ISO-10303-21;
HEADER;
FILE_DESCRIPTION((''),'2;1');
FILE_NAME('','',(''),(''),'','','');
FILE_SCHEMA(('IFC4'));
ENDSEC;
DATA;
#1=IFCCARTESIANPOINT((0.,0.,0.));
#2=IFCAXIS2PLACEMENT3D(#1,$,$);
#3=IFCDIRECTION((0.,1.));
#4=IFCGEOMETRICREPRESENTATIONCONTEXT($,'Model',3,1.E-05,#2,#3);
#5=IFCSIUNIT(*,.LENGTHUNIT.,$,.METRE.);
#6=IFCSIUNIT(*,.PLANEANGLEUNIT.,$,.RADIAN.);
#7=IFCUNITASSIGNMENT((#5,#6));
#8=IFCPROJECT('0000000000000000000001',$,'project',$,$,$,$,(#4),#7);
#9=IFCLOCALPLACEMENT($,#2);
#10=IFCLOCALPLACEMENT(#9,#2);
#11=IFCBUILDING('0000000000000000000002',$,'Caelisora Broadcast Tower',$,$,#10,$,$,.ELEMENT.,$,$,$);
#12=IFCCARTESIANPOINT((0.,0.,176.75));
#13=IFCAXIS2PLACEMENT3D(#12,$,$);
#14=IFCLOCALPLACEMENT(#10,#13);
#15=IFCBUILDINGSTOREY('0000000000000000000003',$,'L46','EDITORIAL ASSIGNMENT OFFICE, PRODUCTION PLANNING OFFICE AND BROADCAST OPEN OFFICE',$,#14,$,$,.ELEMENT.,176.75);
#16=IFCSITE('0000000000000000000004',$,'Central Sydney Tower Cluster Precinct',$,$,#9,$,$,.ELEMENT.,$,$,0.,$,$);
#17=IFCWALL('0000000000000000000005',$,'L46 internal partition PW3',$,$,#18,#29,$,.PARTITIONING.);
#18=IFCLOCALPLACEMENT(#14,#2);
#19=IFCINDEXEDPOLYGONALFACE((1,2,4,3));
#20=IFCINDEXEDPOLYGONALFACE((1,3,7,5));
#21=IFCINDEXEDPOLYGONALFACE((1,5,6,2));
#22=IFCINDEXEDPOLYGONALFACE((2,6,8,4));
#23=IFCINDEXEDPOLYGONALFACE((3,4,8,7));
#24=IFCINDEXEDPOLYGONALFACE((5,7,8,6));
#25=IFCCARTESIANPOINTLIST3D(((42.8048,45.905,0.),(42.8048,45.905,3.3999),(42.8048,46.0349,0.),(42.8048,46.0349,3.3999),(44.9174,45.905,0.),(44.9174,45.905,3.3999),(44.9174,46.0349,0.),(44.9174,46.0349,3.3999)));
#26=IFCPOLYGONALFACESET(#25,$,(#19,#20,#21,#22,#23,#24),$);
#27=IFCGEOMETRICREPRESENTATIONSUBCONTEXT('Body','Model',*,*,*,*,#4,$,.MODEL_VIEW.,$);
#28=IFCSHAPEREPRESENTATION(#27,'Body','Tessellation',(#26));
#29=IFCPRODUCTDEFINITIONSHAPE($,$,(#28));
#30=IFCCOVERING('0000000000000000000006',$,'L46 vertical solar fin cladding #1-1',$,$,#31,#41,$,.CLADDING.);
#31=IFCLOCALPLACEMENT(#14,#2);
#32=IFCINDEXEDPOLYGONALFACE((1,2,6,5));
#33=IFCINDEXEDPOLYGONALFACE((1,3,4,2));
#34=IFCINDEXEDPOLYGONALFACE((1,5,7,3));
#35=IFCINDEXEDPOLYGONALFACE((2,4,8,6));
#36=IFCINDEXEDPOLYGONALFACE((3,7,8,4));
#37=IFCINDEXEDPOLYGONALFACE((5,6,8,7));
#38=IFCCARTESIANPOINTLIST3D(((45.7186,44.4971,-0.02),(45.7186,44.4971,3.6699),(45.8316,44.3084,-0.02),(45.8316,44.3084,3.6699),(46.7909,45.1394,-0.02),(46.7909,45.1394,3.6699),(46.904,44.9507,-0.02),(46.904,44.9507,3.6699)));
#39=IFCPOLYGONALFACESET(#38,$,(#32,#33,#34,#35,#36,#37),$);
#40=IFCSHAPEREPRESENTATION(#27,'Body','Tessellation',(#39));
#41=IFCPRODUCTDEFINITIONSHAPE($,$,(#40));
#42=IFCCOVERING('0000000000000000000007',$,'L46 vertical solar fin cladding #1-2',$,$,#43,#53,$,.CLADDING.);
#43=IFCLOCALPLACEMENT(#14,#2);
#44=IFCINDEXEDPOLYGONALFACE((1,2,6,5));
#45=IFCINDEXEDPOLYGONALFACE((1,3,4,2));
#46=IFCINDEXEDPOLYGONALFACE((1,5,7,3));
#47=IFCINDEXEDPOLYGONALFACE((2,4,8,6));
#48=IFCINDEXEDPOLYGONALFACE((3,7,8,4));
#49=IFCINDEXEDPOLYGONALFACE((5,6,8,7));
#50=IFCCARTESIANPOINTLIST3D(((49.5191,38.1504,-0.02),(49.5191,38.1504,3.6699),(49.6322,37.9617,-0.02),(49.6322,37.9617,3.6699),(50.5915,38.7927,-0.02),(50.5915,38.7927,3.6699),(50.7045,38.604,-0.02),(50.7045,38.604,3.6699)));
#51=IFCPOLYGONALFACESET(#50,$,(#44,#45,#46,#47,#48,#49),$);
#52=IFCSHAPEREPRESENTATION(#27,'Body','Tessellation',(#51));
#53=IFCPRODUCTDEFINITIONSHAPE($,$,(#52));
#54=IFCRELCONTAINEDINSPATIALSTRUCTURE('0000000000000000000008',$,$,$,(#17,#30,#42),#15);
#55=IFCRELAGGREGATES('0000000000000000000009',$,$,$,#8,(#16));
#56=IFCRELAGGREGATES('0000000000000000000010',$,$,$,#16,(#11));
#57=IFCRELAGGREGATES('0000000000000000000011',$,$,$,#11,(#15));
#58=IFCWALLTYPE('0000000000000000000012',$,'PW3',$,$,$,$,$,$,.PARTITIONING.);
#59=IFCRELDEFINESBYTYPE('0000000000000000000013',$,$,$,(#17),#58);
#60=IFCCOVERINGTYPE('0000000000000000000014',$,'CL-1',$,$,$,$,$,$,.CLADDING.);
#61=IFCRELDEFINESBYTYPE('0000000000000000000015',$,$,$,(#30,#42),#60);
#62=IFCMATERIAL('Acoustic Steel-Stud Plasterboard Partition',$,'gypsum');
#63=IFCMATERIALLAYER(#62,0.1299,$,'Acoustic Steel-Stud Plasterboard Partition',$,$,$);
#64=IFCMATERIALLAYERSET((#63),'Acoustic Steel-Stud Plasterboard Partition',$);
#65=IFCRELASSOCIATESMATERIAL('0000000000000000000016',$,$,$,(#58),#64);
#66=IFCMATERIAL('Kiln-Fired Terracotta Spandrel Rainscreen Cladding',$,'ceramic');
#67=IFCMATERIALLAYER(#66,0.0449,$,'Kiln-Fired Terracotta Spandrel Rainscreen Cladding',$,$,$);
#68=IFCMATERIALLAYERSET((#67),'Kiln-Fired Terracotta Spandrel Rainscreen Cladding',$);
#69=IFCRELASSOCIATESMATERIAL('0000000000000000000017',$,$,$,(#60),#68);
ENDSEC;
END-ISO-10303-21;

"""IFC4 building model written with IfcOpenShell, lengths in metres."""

from ifc_helpers import new_model, si_unit, direction, frame, frame_2d, origin, origin_2d, place, context, subcontext, project, spatial, rectangle, extrude, source, transform, mapped, material, layer, layer_set, type_object, type_shapes, element, save


model = new_model("IFC4")

# Units and contexts
model_context = context("Model", 3, precision=1e-05, world=origin(), true_north=direction((0.0, 1.0)))
body_context = subcontext(model_context, "Body", "Model", "MODEL_VIEW")
ifc_project = project(units=[si_unit("LENGTHUNIT", "METRE"), si_unit("PLANEANGLEUNIT", "RADIAN")], contexts=[model_context])

# Site, building, storey
site_placement = place(None, origin())
site = spatial("IfcSite", under=ifc_project, at=site_placement, Name="Central Sydney Tower Cluster Precinct", CompositionType="ELEMENT", RefElevation=0.0)
building_placement = place(site_placement, origin())
building = spatial("IfcBuilding", under=site, at=building_placement, Name="Caelisora Broadcast Tower", CompositionType="ELEMENT")
storey_placement = place(building_placement, frame((0.0, 0.0, 176.75)))
storey = spatial("IfcBuildingStorey", under=building, at=storey_placement, Name="L46", Description="EDITORIAL ASSIGNMENT OFFICE, PRODUCTION PLANNING OFFICE AND BROADCAST OPEN OFFICE", CompositionType="ELEMENT", Elevation=176.75)

# Shared definitions
ifc_material_1 = material(Name="Acoustic Steel-Stud Plasterboard Partition", Category="gypsum")
ifc_layer_1 = layer(ifc_material_1, 0.1299, Name="Acoustic Steel-Stud Plasterboard Partition")
ifc_layer_set_1 = layer_set([ifc_layer_1], Name="Acoustic Steel-Stud Plasterboard Partition")
wall_type = type_object("IfcWallType", Name="PW3", PredefinedType="PARTITIONING", material=ifc_layer_set_1)

# Wall
wall_1_placement = place(storey_placement, frame((42.8049, 45.97, 0.0), z_axis=(0.0, 0.0, 1.0), x_axis=(1.0, 0.0, 0.0)))
element("IfcWall", 1, at=wall_1_placement, inside=storey, type_object=wall_type, Name="L46 internal partition PW3", PredefinedType="PARTITIONING", context=body_context, shape_type="SweptSolid", body=[
    extrude(rectangle(XDim=2.1125, YDim=0.1299, at=frame_2d((1.0562, 0.0))), origin(), (0.0, 0.0, 1.0), 3.3999),
])

# Coverings
ifc_material_2 = material(Name="Kiln-Fired Terracotta Spandrel Rainscreen Cladding", Category="ceramic")
ifc_layer_2 = layer(ifc_material_2, 0.0449, Name="Kiln-Fired Terracotta Spandrel Rainscreen Cladding")
ifc_layer_set_2 = layer_set([ifc_layer_2], Name="Kiln-Fired Terracotta Spandrel Rainscreen Cladding")
covering_type = type_object("IfcCoveringType", Name="CL-1", PredefinedType="CLADDING", material=ifc_layer_set_2)
shared_shape_1 = source(origin(), body_context, "Body", "SweptSolid", [
    extrude(rectangle(XDim=0.22, YDim=1.25, at=origin_2d()), origin(), (0.0, 0.0, 1.0), 3.6899),
])
type_shapes(covering_type, [shared_shape_1])
for number, where, z_axis, x_axis, name in (
    (2, (46.3113, 44.7239, -0.02), (0.0, 0.0, 1.0), (0.513841, -0.857886, 0.0), "L46 vertical solar fin cladding #1-1"),
    (3, (50.1118, 38.3772, -0.02), (0.0, 0.0, 1.0), (0.513841, -0.857886, 0.0), "L46 vertical solar fin cladding #1-2"),
):
    element("IfcCovering", number, at=place(storey_placement, frame(where, z_axis=z_axis, x_axis=x_axis)), inside=storey, type_object=covering_type, Name=name, PredefinedType="CLADDING", context=body_context, shape_type="MappedRepresentation", body=[
        mapped(shared_shape_1, transform((0.0, 0.0, 0.0), scale=1.0)),
    ])

save(model, "model.ifc")
